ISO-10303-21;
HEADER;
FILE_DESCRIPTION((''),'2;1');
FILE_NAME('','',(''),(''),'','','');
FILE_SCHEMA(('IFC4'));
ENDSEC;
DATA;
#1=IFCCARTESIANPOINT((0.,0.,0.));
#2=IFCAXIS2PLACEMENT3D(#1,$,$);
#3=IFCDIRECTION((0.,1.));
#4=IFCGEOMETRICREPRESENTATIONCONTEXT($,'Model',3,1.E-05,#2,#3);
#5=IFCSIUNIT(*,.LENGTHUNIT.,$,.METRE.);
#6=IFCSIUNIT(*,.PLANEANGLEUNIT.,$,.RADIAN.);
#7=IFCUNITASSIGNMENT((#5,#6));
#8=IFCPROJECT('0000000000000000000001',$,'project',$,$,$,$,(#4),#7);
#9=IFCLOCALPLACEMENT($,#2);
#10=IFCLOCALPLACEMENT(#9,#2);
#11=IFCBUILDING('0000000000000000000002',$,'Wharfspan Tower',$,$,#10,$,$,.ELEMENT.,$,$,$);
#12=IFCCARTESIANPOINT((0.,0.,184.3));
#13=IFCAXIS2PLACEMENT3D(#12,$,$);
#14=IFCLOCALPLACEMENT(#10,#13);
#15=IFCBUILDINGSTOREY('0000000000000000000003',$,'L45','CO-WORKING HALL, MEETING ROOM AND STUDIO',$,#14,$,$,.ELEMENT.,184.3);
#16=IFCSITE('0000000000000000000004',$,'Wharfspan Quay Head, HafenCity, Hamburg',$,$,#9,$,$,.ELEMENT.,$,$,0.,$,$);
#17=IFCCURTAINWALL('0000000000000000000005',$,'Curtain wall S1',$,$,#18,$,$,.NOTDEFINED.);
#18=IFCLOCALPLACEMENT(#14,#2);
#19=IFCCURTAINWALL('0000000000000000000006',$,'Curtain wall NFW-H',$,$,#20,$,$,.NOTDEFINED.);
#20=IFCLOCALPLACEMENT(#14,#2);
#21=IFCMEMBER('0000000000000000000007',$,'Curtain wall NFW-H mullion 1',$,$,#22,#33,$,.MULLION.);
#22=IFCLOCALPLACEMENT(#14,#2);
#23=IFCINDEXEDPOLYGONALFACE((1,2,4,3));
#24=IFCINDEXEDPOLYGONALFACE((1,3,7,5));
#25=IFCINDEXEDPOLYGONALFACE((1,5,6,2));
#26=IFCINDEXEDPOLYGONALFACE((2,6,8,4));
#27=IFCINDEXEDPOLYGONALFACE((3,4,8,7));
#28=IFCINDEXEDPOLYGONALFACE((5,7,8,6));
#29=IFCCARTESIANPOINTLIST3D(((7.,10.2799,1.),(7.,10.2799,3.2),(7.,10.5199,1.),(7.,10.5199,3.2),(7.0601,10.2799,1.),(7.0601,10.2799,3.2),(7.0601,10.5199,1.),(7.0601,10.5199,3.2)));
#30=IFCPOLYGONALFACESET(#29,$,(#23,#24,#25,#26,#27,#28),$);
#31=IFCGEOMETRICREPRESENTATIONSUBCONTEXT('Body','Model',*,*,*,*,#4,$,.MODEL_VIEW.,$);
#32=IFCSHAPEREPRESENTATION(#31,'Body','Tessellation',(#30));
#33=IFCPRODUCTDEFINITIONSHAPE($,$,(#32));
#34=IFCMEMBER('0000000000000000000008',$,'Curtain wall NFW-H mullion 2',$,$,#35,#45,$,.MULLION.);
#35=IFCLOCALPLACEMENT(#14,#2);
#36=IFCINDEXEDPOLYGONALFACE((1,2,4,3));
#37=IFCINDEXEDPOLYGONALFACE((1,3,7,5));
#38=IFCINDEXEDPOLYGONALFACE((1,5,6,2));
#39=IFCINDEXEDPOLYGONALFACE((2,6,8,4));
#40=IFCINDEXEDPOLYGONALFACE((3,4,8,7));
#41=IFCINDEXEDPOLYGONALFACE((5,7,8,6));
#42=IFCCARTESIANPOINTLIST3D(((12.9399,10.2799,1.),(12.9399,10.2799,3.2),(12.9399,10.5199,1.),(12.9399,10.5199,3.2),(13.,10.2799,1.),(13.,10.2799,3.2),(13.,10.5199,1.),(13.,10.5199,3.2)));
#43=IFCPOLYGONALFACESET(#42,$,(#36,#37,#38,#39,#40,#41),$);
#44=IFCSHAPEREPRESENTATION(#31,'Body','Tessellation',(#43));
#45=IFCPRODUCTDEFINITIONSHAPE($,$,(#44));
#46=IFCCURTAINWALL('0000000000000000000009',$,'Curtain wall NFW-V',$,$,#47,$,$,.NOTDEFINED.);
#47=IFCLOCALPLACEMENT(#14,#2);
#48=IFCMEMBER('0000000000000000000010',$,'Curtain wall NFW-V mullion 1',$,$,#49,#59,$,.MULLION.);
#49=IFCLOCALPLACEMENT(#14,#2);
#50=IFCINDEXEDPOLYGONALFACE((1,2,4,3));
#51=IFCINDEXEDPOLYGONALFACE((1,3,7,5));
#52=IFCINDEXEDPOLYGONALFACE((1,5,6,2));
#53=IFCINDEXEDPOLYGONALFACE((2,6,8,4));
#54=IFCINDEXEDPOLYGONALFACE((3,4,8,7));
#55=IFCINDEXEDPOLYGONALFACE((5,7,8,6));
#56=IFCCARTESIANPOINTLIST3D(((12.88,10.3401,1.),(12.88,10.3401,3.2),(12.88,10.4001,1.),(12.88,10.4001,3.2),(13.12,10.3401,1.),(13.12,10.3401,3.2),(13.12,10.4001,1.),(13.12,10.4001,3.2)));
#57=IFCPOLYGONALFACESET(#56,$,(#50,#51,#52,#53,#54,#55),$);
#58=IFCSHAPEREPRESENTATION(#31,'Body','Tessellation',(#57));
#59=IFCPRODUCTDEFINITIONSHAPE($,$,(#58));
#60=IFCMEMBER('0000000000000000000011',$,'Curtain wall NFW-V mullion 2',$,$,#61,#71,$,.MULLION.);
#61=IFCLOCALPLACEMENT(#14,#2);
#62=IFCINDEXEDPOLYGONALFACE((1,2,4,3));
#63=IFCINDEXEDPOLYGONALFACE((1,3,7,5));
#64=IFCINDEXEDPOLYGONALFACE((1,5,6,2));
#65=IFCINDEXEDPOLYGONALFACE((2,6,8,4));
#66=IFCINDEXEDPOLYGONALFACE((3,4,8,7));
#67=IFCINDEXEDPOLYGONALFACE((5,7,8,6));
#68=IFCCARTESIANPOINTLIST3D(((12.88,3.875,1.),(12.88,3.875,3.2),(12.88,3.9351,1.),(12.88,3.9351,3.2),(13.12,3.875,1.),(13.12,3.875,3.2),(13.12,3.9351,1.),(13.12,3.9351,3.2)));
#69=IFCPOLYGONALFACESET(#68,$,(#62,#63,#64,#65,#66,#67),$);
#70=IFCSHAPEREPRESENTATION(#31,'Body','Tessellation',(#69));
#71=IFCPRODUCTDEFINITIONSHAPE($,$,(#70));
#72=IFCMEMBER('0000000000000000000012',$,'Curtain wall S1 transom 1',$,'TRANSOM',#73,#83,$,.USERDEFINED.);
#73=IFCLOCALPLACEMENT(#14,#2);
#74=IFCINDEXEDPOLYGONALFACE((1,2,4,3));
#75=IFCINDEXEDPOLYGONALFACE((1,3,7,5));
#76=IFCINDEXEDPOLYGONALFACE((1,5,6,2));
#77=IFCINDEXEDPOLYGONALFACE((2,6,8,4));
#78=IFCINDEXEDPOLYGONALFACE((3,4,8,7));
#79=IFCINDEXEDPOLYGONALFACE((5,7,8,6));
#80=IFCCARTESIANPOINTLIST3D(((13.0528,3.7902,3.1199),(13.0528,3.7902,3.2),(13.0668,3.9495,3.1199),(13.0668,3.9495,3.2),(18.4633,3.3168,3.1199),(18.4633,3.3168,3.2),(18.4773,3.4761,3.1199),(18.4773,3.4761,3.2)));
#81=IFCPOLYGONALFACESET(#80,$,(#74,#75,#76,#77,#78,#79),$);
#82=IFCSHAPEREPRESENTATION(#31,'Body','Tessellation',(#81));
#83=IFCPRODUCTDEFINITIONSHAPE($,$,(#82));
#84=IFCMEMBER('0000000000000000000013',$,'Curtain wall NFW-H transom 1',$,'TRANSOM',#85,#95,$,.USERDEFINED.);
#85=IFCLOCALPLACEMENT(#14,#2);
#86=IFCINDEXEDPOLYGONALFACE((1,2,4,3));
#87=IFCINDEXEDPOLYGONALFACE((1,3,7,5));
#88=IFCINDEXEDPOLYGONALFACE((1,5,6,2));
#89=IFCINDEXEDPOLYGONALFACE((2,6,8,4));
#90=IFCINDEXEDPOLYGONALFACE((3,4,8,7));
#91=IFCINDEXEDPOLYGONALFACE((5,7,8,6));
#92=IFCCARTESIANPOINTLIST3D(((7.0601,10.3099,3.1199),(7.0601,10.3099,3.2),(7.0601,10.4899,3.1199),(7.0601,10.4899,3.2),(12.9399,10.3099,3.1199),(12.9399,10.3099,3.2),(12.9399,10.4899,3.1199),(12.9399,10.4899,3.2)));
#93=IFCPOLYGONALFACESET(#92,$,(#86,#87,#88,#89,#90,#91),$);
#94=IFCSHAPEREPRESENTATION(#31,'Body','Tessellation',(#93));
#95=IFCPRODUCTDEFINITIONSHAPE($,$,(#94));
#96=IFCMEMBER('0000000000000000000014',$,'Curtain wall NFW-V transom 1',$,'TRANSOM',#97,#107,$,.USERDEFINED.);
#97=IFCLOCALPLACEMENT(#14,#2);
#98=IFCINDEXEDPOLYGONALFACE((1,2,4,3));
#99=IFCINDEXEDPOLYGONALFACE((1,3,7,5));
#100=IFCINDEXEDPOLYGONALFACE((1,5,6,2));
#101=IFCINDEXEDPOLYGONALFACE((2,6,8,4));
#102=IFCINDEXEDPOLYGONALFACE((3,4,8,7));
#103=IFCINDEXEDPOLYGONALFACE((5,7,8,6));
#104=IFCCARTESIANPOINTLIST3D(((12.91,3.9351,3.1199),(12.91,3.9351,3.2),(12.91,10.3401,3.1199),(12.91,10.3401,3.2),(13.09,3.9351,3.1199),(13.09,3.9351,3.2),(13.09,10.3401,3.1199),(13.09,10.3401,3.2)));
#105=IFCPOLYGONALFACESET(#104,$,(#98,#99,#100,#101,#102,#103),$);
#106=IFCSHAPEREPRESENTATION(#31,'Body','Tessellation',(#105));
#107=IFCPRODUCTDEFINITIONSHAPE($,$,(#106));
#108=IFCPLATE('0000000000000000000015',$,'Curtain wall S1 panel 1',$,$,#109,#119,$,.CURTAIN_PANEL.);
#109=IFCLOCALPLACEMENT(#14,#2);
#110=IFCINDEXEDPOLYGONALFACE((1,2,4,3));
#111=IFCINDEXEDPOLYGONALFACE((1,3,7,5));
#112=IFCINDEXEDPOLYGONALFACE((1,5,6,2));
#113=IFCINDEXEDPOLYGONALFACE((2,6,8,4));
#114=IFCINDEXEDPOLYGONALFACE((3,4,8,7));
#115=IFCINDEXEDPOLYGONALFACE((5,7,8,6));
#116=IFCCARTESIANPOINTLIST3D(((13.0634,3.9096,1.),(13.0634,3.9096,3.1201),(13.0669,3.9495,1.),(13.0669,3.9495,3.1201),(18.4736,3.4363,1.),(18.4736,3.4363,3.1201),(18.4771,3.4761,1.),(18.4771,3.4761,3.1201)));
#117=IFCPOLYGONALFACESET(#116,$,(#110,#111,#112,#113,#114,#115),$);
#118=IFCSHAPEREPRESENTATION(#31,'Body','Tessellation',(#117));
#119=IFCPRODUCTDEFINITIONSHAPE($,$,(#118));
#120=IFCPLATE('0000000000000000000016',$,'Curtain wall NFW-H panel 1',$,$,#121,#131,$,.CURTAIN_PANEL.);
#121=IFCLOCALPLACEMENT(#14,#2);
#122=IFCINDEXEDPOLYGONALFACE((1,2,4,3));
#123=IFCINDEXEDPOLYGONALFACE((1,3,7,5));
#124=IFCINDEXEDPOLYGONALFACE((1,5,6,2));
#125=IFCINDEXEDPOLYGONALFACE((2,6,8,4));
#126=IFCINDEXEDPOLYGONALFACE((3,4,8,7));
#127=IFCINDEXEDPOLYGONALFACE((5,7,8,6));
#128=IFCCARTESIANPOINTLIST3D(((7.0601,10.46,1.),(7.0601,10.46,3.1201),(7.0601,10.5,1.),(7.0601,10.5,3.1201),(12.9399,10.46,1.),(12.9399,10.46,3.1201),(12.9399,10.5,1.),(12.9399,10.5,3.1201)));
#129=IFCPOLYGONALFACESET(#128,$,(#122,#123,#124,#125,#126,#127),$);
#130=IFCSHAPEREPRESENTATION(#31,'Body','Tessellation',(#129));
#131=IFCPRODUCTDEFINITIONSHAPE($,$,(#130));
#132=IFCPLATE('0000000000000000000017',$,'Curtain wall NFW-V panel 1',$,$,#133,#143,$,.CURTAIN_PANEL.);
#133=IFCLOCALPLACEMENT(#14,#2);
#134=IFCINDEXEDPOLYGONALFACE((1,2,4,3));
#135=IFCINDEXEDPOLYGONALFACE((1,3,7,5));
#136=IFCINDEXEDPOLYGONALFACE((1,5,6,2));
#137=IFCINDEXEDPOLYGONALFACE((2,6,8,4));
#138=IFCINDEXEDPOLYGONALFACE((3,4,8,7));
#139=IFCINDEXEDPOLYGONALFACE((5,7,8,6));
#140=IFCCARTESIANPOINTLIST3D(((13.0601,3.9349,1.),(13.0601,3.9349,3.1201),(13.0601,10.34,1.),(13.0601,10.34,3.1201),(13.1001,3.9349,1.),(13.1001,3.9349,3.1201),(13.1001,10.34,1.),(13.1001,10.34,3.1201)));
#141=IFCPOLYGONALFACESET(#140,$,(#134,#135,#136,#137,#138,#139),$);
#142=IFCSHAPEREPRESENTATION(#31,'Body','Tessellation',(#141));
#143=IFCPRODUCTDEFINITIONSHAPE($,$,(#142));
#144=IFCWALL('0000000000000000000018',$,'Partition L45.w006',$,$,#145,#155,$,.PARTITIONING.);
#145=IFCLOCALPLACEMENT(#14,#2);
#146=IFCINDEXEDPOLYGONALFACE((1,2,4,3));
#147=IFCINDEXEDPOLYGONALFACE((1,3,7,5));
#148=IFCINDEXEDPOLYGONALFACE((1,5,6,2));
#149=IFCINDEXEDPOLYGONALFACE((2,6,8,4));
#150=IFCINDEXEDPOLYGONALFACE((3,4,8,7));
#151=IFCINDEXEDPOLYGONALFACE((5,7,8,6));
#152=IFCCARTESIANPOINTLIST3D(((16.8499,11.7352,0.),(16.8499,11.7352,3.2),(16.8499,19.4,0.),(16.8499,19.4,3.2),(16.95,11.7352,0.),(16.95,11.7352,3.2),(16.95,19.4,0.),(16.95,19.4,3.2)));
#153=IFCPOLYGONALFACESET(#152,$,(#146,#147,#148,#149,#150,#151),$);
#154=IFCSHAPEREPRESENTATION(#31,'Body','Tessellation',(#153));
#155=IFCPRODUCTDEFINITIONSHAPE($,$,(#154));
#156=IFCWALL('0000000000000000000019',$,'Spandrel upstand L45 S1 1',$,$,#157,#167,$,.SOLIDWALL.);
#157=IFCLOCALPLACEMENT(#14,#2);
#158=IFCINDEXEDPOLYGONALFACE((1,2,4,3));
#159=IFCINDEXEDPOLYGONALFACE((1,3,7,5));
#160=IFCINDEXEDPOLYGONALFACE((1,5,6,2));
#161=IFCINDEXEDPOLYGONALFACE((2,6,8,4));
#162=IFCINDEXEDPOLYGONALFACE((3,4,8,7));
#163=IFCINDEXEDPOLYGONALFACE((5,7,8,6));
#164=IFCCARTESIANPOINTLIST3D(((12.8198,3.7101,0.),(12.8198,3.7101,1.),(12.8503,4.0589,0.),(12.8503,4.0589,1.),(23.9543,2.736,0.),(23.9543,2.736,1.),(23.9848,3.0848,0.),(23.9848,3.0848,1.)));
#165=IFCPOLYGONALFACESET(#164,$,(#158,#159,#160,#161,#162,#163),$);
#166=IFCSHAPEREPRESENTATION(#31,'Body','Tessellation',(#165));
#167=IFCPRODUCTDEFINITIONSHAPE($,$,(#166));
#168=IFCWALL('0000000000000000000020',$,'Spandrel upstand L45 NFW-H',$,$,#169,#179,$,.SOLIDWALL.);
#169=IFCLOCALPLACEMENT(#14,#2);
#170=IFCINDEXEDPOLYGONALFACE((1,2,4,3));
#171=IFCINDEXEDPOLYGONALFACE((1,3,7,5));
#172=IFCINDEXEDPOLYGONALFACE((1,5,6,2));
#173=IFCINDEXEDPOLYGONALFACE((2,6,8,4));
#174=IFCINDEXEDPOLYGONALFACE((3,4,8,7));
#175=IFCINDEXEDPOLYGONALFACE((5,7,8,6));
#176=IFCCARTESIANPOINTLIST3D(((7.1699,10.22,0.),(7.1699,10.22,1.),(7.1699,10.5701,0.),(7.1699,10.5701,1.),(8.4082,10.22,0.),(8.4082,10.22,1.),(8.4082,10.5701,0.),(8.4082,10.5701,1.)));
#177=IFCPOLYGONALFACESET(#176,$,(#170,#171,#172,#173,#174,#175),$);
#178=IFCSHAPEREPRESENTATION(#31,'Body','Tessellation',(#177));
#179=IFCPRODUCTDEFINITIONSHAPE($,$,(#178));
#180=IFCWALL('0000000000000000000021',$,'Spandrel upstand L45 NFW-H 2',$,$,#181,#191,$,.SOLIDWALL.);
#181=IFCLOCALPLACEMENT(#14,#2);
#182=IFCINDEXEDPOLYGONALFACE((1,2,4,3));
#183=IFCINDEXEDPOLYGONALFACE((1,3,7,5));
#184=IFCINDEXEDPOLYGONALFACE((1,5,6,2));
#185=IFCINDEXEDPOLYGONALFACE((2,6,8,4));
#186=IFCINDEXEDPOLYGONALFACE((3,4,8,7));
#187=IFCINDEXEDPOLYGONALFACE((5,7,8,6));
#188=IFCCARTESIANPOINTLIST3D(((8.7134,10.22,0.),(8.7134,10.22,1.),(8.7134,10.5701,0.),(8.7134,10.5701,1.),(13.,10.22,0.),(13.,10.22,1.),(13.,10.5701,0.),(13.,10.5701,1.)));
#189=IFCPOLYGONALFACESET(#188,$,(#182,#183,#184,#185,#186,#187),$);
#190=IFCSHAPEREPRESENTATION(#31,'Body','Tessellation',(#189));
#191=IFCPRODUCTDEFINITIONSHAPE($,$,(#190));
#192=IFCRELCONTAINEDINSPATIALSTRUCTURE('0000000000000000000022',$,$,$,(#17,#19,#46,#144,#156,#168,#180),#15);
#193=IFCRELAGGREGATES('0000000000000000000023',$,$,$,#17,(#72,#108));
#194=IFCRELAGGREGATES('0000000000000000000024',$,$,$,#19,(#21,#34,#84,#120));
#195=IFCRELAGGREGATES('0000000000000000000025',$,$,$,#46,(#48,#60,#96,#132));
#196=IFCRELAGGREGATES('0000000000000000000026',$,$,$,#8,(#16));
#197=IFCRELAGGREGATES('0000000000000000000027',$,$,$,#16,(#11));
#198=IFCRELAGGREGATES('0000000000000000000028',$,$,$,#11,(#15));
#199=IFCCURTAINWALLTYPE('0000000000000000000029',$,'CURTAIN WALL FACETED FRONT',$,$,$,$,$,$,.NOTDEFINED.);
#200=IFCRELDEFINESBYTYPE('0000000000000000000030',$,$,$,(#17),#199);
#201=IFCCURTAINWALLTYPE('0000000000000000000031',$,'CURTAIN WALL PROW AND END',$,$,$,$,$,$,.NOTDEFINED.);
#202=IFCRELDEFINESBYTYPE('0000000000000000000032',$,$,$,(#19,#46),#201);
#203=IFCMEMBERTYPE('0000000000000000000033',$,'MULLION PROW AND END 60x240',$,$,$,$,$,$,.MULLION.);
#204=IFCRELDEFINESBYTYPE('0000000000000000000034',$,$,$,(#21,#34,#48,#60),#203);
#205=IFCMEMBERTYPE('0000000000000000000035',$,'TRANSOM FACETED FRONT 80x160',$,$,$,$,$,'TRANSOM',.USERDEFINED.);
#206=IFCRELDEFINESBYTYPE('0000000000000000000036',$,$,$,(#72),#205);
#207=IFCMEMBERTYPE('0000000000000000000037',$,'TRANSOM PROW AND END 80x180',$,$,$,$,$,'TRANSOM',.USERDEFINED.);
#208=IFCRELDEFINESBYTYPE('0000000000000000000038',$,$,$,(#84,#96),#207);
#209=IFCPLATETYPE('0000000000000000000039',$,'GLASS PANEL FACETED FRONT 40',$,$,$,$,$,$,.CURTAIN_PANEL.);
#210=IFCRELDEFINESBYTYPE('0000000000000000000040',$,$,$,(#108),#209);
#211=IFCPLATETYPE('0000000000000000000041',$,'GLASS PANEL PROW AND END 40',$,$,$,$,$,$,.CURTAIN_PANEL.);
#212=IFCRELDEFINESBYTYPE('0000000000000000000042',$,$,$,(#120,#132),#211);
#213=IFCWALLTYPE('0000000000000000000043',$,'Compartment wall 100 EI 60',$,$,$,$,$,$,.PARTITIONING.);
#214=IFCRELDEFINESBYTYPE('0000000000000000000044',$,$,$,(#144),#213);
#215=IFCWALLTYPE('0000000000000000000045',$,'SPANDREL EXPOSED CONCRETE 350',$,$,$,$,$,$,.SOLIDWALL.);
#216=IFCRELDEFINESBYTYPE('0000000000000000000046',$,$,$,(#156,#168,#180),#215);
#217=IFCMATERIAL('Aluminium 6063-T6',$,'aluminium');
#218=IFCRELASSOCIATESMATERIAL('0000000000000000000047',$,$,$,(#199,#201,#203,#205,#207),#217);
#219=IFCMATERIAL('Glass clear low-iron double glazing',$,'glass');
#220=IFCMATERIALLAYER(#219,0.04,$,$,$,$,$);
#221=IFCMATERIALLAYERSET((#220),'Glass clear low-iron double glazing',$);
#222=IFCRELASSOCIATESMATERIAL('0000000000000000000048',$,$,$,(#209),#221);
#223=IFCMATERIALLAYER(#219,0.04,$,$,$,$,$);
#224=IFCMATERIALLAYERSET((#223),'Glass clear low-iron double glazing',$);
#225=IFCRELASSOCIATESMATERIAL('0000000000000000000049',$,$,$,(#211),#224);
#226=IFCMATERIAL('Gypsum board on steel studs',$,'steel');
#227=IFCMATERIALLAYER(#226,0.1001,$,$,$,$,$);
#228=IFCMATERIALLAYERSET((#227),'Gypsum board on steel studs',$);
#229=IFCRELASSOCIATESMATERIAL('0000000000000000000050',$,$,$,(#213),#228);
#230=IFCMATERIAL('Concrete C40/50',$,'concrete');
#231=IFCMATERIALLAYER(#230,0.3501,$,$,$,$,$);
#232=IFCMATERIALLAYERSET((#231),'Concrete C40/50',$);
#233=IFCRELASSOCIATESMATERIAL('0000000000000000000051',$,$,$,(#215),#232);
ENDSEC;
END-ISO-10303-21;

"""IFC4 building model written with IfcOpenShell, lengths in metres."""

from ifc_helpers import new_model, si_unit, direction, frame, frame_2d, origin, origin_2d, place, context, subcontext, project, spatial, rectangle, extrude, material, layer, layer_set, material_profile, profile_set, type_object, element, aggregate, save


model = new_model("IFC4")

# Units and contexts
model_context = context("Model", 3, precision=1e-05, world=origin(), true_north=direction((0.0, 1.0)))
body_context = subcontext(model_context, "Body", "Model", "MODEL_VIEW")
ifc_project = project(units=[si_unit("LENGTHUNIT", "METRE"), si_unit("PLANEANGLEUNIT", "RADIAN")], contexts=[model_context])

# Site, building, storey
site_placement = place(None, origin())
site = spatial("IfcSite", under=ifc_project, at=site_placement, Name="Wharfspan Quay Head, HafenCity, Hamburg", CompositionType="ELEMENT", RefElevation=0.0)
building_placement = place(site_placement, origin())
building = spatial("IfcBuilding", under=site, at=building_placement, Name="Wharfspan Tower", CompositionType="ELEMENT")
storey_placement = place(building_placement, frame((0.0, 0.0, 184.3)))
storey = spatial("IfcBuildingStorey", under=building, at=storey_placement, Name="L45", Description="CO-WORKING HALL, MEETING ROOM AND STUDIO", CompositionType="ELEMENT", Elevation=184.3)

# Curtain wall
ifc_material_1 = material(Name="Aluminium 6063-T6", Category="aluminium")
curtain_wall_type_1 = type_object("IfcCurtainWallType", Name="CURTAIN WALL FACETED FRONT", PredefinedType="NOTDEFINED", material=ifc_material_1)
curtain_wall_1_placement = place(storey_placement, origin())
curtain_wall_1 = element("IfcCurtainWall", 1, at=curtain_wall_1_placement, inside=storey, type_object=curtain_wall_type_1, Name="Curtain wall S1", PredefinedType="NOTDEFINED")
curtain_wall_type_2 = type_object("IfcCurtainWallType", Name="CURTAIN WALL PROW AND END", PredefinedType="NOTDEFINED", material=ifc_material_1)
ifc_material_profile_1 = material_profile(ifc_material_1, rectangle(XDim=0.24, YDim=0.0601, at=origin_2d()))
ifc_profile_set_1 = profile_set([ifc_material_profile_1], Name="Aluminium 6063-T6")
member_type_1 = type_object("IfcMemberType", Name="MULLION PROW AND END 60x240", PredefinedType="MULLION", material=ifc_profile_set_1)

# Curtain walls, members
curtain_wall_2_placement = place(storey_placement, origin())
curtain_wall_2 = element("IfcCurtainWall", 2, at=curtain_wall_2_placement, inside=storey, type_object=curtain_wall_type_2, Name="Curtain wall NFW-H", PredefinedType="NOTDEFINED")
member_1_placement = place(storey_placement, frame((7.03, 10.3999, 1.0), z_axis=(0.0, 0.0, 1.0), x_axis=(0.0, 1.0, 0.0)))
member_1 = element("IfcMember", 3, at=member_1_placement, type_object=member_type_1, Name="Curtain wall NFW-H mullion 1", PredefinedType="MULLION", context=body_context, shape_type="SweptSolid", body=[
    extrude(rectangle(XDim=0.24, YDim=0.0601, at=origin_2d()), origin(), (0.0, 0.0, 1.0), 2.2),
])
member_2_placement = place(storey_placement, frame((12.97, 10.3999, 1.0), z_axis=(0.0, 0.0, 1.0), x_axis=(0.0, 1.0, 0.0)))
member_2 = element("IfcMember", 4, at=member_2_placement, type_object=member_type_1, Name="Curtain wall NFW-H mullion 2", PredefinedType="MULLION", context=body_context, shape_type="SweptSolid", body=[
    extrude(rectangle(XDim=0.24, YDim=0.0601, at=origin_2d()), origin(), (0.0, 0.0, 1.0), 2.2),
])
curtain_wall_3_placement = place(storey_placement, origin())
curtain_wall_3 = element("IfcCurtainWall", 5, at=curtain_wall_3_placement, inside=storey, type_object=curtain_wall_type_2, Name="Curtain wall NFW-V", PredefinedType="NOTDEFINED")
member_3_placement = place(storey_placement, frame((13.0, 10.3701, 1.0), z_axis=(0.0, 0.0, 1.0), x_axis=(1.0, 0.0, 0.0)))
member_3 = element("IfcMember", 6, at=member_3_placement, type_object=member_type_1, Name="Curtain wall NFW-V mullion 1", PredefinedType="MULLION", context=body_context, shape_type="SweptSolid", body=[
    extrude(rectangle(XDim=0.24, YDim=0.0601, at=origin_2d()), origin(), (0.0, 0.0, 1.0), 2.2),
])
member_4_placement = place(storey_placement, frame((13.0, 3.905, 1.0), z_axis=(0.0, 0.0, 1.0), x_axis=(1.0, 0.0, 0.0)))
member_4 = element("IfcMember", 7, at=member_4_placement, type_object=member_type_1, Name="Curtain wall NFW-V mullion 2", PredefinedType="MULLION", context=body_context, shape_type="SweptSolid", body=[
    extrude(rectangle(XDim=0.24, YDim=0.0601, at=origin_2d()), origin(), (0.0, 0.0, 1.0), 2.2),
])

# Members
ifc_material_profile_2 = material_profile(ifc_material_1, rectangle(XDim=0.1599, YDim=0.0801, at=origin_2d()))
ifc_profile_set_2 = profile_set([ifc_material_profile_2], Name="Aluminium 6063-T6")
member_type_2 = type_object("IfcMemberType", Name="TRANSOM FACETED FRONT 80x160", ElementType="TRANSOM", PredefinedType="USERDEFINED", material=ifc_profile_set_2)
member_5_placement = place(storey_placement, frame((13.0598, 3.8699, 3.1599), z_axis=(0.996194, -0.087163, 0.0), x_axis=(0.087163, 0.996194, 0.0)))
member_5 = element("IfcMember", 8, at=member_5_placement, type_object=member_type_2, Name="Curtain wall S1 transom 1", ObjectType="TRANSOM", PredefinedType="USERDEFINED", context=body_context, shape_type="SweptSolid", body=[
    extrude(rectangle(XDim=0.1599, YDim=0.0801, at=origin_2d()), origin(), (0.0, 0.0, 1.0), 5.4312),
])
ifc_material_profile_3 = material_profile(ifc_material_1, rectangle(XDim=0.1799, YDim=0.0801, at=origin_2d()))
ifc_profile_set_3 = profile_set([ifc_material_profile_3], Name="Aluminium 6063-T6")
member_type_3 = type_object("IfcMemberType", Name="TRANSOM PROW AND END 80x180", ElementType="TRANSOM", PredefinedType="USERDEFINED", material=ifc_profile_set_3)
member_6_placement = place(storey_placement, frame((7.0601, 10.3999, 3.1599), z_axis=(1.0, 0.0, 0.0), x_axis=(0.0, 1.0, 0.0)))
member_6 = element("IfcMember", 9, at=member_6_placement, type_object=member_type_3, Name="Curtain wall NFW-H transom 1", ObjectType="TRANSOM", PredefinedType="USERDEFINED", context=body_context, shape_type="SweptSolid", body=[
    extrude(rectangle(XDim=0.1799, YDim=0.0801, at=origin_2d()), origin(), (0.0, 0.0, 1.0), 5.8799),
])
member_7_placement = place(storey_placement, frame((13.0, 10.3401, 3.1599), z_axis=(0.0, -1.0, 0.0), x_axis=(1.0, 0.0, 0.0)))
member_7 = element("IfcMember", 10, at=member_7_placement, type_object=member_type_3, Name="Curtain wall NFW-V transom 1", ObjectType="TRANSOM", PredefinedType="USERDEFINED", context=body_context, shape_type="SweptSolid", body=[
    extrude(rectangle(XDim=0.1799, YDim=0.0801, at=origin_2d()), origin(), (0.0, 0.0, 1.0), 6.405),
])

# Plates
ifc_material_2 = material(Name="Glass clear low-iron double glazing", Category="glass")
ifc_layer_1 = layer(ifc_material_2, 0.04)
ifc_layer_set_1 = layer_set([ifc_layer_1], Name="Glass clear low-iron double glazing")
plate_type_1 = type_object("IfcPlateType", Name="GLASS PANEL FACETED FRONT 40", PredefinedType="CURTAIN_PANEL", material=ifc_layer_set_1)
plate_1_placement = place(storey_placement, frame((15.7703, 3.6929, 1.0), z_axis=(0.0, 0.0, 1.0), x_axis=(0.996198, -0.087156, 0.0)))
plate_1 = element("IfcPlate", 11, at=plate_1_placement, type_object=plate_type_1, Name="Curtain wall S1 panel 1", PredefinedType="CURTAIN_PANEL", context=body_context, shape_type="SweptSolid", body=[
    extrude(rectangle(XDim=5.4309, YDim=0.04, at=origin_2d()), origin(), (0.0, 0.0, 1.0), 2.1201),
])
aggregate(curtain_wall_1, [member_5, plate_1])
ifc_layer_2 = layer(ifc_material_2, 0.04)
ifc_layer_set_2 = layer_set([ifc_layer_2], Name="Glass clear low-iron double glazing")
plate_type_2 = type_object("IfcPlateType", Name="GLASS PANEL PROW AND END 40", PredefinedType="CURTAIN_PANEL", material=ifc_layer_set_2)
plate_2_placement = place(storey_placement, frame((10.0, 10.48, 1.0), z_axis=(0.0, 0.0, 1.0), x_axis=(1.0, 0.0, 0.0)))
plate_2 = element("IfcPlate", 12, at=plate_2_placement, type_object=plate_type_2, Name="Curtain wall NFW-H panel 1", PredefinedType="CURTAIN_PANEL", context=body_context, shape_type="SweptSolid", body=[
    extrude(rectangle(XDim=5.8799, YDim=0.04, at=origin_2d()), origin(), (0.0, 0.0, 1.0), 2.1201),
])
aggregate(curtain_wall_2, [member_1, member_2, member_6, plate_2])
plate_3_placement = place(storey_placement, frame((13.0801, 7.1375, 1.0), z_axis=(0.0, 0.0, 1.0), x_axis=(0.0, -1.0, 0.0)))
plate_3 = element("IfcPlate", 13, at=plate_3_placement, type_object=plate_type_2, Name="Curtain wall NFW-V panel 1", PredefinedType="CURTAIN_PANEL", context=body_context, shape_type="SweptSolid", body=[
    extrude(rectangle(XDim=6.405, YDim=0.04, at=origin_2d()), origin(), (0.0, 0.0, 1.0), 2.1201),
])
aggregate(curtain_wall_3, [member_3, member_4, member_7, plate_3])

# Walls
ifc_material_3 = material(Name="Gypsum board on steel studs", Category="steel")
ifc_layer_3 = layer(ifc_material_3, 0.1001)
ifc_layer_set_3 = layer_set([ifc_layer_3], Name="Gypsum board on steel studs")
wall_type_1 = type_object("IfcWallType", Name="Compartment wall 100 EI 60", PredefinedType="PARTITIONING", material=ifc_layer_set_3)
wall_1_placement = place(storey_placement, frame((16.8999, 11.7351, 0.0), z_axis=(0.0, 0.0, 1.0), x_axis=(0.0, 1.0, 0.0)))
element("IfcWall", 14, at=wall_1_placement, inside=storey, type_object=wall_type_1, Name="Partition L45.w006", PredefinedType="PARTITIONING", context=body_context, shape_type="SweptSolid", body=[
    extrude(rectangle(XDim=7.6648, YDim=0.1001, at=frame_2d((3.8325, 0.0))), origin(), (0.0, 0.0, 1.0), 3.2),
])
ifc_material_4 = material(Name="Concrete C40/50", Category="concrete")
ifc_layer_4 = layer(ifc_material_4, 0.3501)
ifc_layer_set_4 = layer_set([ifc_layer_4], Name="Concrete C40/50")
wall_type_2 = type_object("IfcWallType", Name="SPANDREL EXPOSED CONCRETE 350", PredefinedType="SOLIDWALL", material=ifc_layer_set_4)
wall_2_placement = place(storey_placement, frame((12.8352, 3.8845, 0.0), z_axis=(0.0, 0.0, 1.0), x_axis=(0.996199, -0.087154, 0.0)))
element("IfcWall", 15, at=wall_2_placement, inside=storey, type_object=wall_type_2, Name="Spandrel upstand L45 S1 1", PredefinedType="SOLIDWALL", context=body_context, shape_type="SweptSolid", body=[
    extrude(rectangle(XDim=11.177, YDim=0.3501, at=frame_2d((5.5884, 0.0))), origin(), (0.0, 0.0, 1.0), 1.0),
])
wall_3_placement = place(storey_placement, frame((7.1699, 10.395, 0.0), z_axis=(0.0, 0.0, 1.0), x_axis=(1.0, 0.0, 0.0)))
element("IfcWall", 16, at=wall_3_placement, inside=storey, type_object=wall_type_2, Name="Spandrel upstand L45 NFW-H", PredefinedType="SOLIDWALL", context=body_context, shape_type="SweptSolid", body=[
    extrude(rectangle(XDim=1.2383, YDim=0.3501, at=frame_2d((0.6191, 0.0))), origin(), (0.0, 0.0, 1.0), 1.0),
])
wall_4_placement = place(storey_placement, frame((8.7134, 10.395, 0.0), z_axis=(0.0, 0.0, 1.0), x_axis=(1.0, 0.0, 0.0)))
element("IfcWall", 17, at=wall_4_placement, inside=storey, type_object=wall_type_2, Name="Spandrel upstand L45 NFW-H 2", PredefinedType="SOLIDWALL", context=body_context, shape_type="SweptSolid", body=[
    extrude(rectangle(XDim=4.2866, YDim=0.3501, at=frame_2d((2.1433, 0.0))), origin(), (0.0, 0.0, 1.0), 1.0),
])

save(model, "model.ifc")
